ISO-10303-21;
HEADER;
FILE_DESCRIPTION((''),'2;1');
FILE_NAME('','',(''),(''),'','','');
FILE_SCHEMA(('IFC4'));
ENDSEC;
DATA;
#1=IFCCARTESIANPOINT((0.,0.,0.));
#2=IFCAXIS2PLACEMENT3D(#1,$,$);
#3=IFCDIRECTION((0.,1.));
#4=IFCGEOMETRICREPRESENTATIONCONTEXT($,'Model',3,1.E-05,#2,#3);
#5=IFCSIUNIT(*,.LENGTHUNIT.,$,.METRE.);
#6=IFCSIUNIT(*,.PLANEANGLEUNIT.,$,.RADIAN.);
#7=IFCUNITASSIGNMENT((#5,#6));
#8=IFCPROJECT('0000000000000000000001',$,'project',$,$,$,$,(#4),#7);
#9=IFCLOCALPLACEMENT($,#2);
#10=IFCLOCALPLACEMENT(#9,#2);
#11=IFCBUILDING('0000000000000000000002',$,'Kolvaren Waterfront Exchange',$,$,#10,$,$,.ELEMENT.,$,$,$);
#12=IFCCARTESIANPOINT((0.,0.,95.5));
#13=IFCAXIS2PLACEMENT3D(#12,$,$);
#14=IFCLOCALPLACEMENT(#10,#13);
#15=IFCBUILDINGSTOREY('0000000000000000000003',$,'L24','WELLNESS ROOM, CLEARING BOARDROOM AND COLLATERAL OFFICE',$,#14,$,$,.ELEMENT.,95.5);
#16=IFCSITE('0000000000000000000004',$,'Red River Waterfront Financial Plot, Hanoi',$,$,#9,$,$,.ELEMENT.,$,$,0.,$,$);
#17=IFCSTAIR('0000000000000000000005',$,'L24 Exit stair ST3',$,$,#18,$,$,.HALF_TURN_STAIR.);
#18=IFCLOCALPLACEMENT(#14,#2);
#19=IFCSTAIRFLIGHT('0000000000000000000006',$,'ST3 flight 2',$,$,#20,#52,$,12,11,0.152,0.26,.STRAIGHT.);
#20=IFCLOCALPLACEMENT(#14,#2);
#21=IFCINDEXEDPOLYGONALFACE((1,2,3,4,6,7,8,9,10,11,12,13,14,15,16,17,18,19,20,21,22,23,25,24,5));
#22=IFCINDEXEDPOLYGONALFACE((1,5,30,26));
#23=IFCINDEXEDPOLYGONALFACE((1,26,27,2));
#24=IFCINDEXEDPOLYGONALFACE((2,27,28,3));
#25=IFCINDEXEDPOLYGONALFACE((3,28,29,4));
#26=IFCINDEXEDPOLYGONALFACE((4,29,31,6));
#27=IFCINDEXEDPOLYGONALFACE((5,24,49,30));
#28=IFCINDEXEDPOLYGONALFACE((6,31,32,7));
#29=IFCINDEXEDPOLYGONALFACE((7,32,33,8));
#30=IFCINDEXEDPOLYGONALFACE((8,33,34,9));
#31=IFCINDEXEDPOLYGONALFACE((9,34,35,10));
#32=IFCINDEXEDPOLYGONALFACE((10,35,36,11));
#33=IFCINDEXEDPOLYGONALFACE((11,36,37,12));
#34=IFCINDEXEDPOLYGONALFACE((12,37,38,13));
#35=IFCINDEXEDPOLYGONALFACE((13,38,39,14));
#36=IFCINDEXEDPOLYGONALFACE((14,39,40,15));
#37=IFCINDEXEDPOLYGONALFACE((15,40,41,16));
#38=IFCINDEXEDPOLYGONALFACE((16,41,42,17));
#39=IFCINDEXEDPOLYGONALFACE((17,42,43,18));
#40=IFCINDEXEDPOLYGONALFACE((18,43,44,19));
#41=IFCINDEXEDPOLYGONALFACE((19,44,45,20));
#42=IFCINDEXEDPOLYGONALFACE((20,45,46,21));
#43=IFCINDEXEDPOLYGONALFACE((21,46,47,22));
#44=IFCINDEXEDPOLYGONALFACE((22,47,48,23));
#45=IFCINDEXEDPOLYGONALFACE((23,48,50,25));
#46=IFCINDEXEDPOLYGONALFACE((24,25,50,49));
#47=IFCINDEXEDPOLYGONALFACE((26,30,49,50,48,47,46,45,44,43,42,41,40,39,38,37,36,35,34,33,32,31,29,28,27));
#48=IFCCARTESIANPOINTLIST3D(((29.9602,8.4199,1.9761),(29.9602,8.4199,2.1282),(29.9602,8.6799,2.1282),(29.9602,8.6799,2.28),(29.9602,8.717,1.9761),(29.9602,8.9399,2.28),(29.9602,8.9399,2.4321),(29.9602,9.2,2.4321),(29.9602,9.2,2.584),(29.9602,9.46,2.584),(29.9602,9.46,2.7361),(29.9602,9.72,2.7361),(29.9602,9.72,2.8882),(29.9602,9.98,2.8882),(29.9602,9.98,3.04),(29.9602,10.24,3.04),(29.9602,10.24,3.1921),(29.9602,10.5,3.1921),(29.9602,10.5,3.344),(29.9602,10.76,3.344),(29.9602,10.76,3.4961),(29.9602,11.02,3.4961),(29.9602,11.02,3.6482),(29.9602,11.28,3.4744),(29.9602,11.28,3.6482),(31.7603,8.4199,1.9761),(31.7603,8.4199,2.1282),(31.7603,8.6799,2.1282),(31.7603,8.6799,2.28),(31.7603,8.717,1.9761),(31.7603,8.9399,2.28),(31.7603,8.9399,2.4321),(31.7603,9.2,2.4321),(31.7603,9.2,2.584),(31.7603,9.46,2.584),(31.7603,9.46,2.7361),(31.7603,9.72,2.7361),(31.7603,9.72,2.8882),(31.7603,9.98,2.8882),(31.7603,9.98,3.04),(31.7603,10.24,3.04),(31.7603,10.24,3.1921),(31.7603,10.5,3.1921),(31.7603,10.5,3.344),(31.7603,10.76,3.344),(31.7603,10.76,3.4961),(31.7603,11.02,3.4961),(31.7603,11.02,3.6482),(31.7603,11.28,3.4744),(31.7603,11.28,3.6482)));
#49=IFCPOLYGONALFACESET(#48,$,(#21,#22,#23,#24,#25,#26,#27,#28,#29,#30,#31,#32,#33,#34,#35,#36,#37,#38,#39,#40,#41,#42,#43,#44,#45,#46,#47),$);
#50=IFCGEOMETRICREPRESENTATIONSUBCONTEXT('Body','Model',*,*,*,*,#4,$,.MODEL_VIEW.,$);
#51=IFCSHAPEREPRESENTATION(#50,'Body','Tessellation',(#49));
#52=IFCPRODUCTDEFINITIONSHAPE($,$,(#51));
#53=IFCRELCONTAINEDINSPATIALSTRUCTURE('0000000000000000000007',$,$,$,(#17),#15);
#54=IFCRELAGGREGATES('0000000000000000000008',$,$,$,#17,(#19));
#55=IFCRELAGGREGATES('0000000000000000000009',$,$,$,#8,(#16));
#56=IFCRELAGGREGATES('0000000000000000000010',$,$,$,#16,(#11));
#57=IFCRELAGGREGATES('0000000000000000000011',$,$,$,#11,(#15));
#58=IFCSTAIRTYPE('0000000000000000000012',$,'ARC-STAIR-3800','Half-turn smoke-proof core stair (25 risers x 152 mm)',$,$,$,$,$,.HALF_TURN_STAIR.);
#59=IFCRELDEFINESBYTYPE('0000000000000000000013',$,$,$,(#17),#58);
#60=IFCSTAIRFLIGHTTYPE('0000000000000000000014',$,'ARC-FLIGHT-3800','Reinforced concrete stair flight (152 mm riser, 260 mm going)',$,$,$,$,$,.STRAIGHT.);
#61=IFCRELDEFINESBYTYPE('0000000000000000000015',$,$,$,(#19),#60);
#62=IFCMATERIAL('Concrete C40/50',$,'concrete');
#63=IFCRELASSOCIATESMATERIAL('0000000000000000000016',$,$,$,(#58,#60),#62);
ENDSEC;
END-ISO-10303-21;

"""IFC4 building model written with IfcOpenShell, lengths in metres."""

from ifc_helpers import new_model, si_unit, direction, frame, origin, place, context, subcontext, project, spatial, polyline, outline, extrude, material, type_object, element, aggregate, save


model = new_model("IFC4")

# Units and contexts
model_context = context("Model", 3, precision=1e-05, world=origin(), true_north=direction((0.0, 1.0)))
body_context = subcontext(model_context, "Body", "Model", "MODEL_VIEW")
ifc_project = project(units=[si_unit("LENGTHUNIT", "METRE"), si_unit("PLANEANGLEUNIT", "RADIAN")], contexts=[model_context])

# Site, building, storey
site_placement = place(None, origin())
site = spatial("IfcSite", under=ifc_project, at=site_placement, Name="Red River Waterfront Financial Plot, Hanoi", CompositionType="ELEMENT", RefElevation=0.0)
building_placement = place(site_placement, origin())
building = spatial("IfcBuilding", under=site, at=building_placement, Name="Kolvaren Waterfront Exchange", CompositionType="ELEMENT")
storey_placement = place(building_placement, frame((0.0, 0.0, 95.5)))
storey = spatial("IfcBuildingStorey", under=building, at=storey_placement, Name="L24", Description="WELLNESS ROOM, CLEARING BOARDROOM AND COLLATERAL OFFICE", CompositionType="ELEMENT", Elevation=95.5)

# Shared definitions
ifc_material_1 = material(Name="Concrete C40/50", Category="concrete")

# Stair, stair flight
stair_type = type_object("IfcStairType", Name="ARC-STAIR-3800", Description="Half-turn smoke-proof core stair (25 risers x 152 mm)", PredefinedType="HALF_TURN_STAIR", material=ifc_material_1)
stair_placement = place(storey_placement, origin())
stair = element("IfcStair", 1, at=stair_placement, inside=storey, type_object=stair_type, Name="L24 Exit stair ST3", PredefinedType="HALF_TURN_STAIR")
stair_flight_type = type_object("IfcStairFlightType", Name="ARC-FLIGHT-3800", Description="Reinforced concrete stair flight (152 mm riser, 260 mm going)", PredefinedType="STRAIGHT", material=ifc_material_1)
stair_flight_placement = place(storey_placement, frame((30.8601, 8.4199, 1.9761), z_axis=(0.0, 0.0, 1.0), x_axis=(0.0, 1.0, 0.0)))
stair_flight = element("IfcStairFlight", 2, at=stair_flight_placement, type_object=stair_flight_type, Name="ST3 flight 2", NumberOfRisers=12, NumberOfTreads=11, PredefinedType="STRAIGHT", RiserHeight=0.152, TreadLength=0.26, context=body_context, shape_type="SweptSolid", body=[
    extrude(outline(polyline([(0.0, 0.0), (0.0, 0.1521), (0.26, 0.1521), (0.26, 0.304), (0.52, 0.304), (0.52, 0.4561), (0.78, 0.4561), (0.78, 0.6079), (1.04, 0.6079), (1.04, 0.76), (1.3, 0.76), (1.3, 0.9121), (1.5601, 0.9121), (1.5601, 1.064), (1.8201, 1.064), (1.8201, 1.2161), (2.0801, 1.2161), (2.0801, 1.3679), (2.3401, 1.3679), (2.3401, 1.52), (2.6001, 1.52), (2.6001, 1.6721), (2.8601, 1.6721), (2.8601, 1.824), (2.8601, 1.4983), (0.2971, 0.0), (0.0, 0.0)])), frame((0.0, 0.8999, 0.0), z_axis=(0.0, -1.0, 0.0), x_axis=(1.0, 0.0, 0.0)), (0.0, 0.0, 1.0), 1.8),
])
aggregate(stair, [stair_flight])

save(model, "model.ifc")
